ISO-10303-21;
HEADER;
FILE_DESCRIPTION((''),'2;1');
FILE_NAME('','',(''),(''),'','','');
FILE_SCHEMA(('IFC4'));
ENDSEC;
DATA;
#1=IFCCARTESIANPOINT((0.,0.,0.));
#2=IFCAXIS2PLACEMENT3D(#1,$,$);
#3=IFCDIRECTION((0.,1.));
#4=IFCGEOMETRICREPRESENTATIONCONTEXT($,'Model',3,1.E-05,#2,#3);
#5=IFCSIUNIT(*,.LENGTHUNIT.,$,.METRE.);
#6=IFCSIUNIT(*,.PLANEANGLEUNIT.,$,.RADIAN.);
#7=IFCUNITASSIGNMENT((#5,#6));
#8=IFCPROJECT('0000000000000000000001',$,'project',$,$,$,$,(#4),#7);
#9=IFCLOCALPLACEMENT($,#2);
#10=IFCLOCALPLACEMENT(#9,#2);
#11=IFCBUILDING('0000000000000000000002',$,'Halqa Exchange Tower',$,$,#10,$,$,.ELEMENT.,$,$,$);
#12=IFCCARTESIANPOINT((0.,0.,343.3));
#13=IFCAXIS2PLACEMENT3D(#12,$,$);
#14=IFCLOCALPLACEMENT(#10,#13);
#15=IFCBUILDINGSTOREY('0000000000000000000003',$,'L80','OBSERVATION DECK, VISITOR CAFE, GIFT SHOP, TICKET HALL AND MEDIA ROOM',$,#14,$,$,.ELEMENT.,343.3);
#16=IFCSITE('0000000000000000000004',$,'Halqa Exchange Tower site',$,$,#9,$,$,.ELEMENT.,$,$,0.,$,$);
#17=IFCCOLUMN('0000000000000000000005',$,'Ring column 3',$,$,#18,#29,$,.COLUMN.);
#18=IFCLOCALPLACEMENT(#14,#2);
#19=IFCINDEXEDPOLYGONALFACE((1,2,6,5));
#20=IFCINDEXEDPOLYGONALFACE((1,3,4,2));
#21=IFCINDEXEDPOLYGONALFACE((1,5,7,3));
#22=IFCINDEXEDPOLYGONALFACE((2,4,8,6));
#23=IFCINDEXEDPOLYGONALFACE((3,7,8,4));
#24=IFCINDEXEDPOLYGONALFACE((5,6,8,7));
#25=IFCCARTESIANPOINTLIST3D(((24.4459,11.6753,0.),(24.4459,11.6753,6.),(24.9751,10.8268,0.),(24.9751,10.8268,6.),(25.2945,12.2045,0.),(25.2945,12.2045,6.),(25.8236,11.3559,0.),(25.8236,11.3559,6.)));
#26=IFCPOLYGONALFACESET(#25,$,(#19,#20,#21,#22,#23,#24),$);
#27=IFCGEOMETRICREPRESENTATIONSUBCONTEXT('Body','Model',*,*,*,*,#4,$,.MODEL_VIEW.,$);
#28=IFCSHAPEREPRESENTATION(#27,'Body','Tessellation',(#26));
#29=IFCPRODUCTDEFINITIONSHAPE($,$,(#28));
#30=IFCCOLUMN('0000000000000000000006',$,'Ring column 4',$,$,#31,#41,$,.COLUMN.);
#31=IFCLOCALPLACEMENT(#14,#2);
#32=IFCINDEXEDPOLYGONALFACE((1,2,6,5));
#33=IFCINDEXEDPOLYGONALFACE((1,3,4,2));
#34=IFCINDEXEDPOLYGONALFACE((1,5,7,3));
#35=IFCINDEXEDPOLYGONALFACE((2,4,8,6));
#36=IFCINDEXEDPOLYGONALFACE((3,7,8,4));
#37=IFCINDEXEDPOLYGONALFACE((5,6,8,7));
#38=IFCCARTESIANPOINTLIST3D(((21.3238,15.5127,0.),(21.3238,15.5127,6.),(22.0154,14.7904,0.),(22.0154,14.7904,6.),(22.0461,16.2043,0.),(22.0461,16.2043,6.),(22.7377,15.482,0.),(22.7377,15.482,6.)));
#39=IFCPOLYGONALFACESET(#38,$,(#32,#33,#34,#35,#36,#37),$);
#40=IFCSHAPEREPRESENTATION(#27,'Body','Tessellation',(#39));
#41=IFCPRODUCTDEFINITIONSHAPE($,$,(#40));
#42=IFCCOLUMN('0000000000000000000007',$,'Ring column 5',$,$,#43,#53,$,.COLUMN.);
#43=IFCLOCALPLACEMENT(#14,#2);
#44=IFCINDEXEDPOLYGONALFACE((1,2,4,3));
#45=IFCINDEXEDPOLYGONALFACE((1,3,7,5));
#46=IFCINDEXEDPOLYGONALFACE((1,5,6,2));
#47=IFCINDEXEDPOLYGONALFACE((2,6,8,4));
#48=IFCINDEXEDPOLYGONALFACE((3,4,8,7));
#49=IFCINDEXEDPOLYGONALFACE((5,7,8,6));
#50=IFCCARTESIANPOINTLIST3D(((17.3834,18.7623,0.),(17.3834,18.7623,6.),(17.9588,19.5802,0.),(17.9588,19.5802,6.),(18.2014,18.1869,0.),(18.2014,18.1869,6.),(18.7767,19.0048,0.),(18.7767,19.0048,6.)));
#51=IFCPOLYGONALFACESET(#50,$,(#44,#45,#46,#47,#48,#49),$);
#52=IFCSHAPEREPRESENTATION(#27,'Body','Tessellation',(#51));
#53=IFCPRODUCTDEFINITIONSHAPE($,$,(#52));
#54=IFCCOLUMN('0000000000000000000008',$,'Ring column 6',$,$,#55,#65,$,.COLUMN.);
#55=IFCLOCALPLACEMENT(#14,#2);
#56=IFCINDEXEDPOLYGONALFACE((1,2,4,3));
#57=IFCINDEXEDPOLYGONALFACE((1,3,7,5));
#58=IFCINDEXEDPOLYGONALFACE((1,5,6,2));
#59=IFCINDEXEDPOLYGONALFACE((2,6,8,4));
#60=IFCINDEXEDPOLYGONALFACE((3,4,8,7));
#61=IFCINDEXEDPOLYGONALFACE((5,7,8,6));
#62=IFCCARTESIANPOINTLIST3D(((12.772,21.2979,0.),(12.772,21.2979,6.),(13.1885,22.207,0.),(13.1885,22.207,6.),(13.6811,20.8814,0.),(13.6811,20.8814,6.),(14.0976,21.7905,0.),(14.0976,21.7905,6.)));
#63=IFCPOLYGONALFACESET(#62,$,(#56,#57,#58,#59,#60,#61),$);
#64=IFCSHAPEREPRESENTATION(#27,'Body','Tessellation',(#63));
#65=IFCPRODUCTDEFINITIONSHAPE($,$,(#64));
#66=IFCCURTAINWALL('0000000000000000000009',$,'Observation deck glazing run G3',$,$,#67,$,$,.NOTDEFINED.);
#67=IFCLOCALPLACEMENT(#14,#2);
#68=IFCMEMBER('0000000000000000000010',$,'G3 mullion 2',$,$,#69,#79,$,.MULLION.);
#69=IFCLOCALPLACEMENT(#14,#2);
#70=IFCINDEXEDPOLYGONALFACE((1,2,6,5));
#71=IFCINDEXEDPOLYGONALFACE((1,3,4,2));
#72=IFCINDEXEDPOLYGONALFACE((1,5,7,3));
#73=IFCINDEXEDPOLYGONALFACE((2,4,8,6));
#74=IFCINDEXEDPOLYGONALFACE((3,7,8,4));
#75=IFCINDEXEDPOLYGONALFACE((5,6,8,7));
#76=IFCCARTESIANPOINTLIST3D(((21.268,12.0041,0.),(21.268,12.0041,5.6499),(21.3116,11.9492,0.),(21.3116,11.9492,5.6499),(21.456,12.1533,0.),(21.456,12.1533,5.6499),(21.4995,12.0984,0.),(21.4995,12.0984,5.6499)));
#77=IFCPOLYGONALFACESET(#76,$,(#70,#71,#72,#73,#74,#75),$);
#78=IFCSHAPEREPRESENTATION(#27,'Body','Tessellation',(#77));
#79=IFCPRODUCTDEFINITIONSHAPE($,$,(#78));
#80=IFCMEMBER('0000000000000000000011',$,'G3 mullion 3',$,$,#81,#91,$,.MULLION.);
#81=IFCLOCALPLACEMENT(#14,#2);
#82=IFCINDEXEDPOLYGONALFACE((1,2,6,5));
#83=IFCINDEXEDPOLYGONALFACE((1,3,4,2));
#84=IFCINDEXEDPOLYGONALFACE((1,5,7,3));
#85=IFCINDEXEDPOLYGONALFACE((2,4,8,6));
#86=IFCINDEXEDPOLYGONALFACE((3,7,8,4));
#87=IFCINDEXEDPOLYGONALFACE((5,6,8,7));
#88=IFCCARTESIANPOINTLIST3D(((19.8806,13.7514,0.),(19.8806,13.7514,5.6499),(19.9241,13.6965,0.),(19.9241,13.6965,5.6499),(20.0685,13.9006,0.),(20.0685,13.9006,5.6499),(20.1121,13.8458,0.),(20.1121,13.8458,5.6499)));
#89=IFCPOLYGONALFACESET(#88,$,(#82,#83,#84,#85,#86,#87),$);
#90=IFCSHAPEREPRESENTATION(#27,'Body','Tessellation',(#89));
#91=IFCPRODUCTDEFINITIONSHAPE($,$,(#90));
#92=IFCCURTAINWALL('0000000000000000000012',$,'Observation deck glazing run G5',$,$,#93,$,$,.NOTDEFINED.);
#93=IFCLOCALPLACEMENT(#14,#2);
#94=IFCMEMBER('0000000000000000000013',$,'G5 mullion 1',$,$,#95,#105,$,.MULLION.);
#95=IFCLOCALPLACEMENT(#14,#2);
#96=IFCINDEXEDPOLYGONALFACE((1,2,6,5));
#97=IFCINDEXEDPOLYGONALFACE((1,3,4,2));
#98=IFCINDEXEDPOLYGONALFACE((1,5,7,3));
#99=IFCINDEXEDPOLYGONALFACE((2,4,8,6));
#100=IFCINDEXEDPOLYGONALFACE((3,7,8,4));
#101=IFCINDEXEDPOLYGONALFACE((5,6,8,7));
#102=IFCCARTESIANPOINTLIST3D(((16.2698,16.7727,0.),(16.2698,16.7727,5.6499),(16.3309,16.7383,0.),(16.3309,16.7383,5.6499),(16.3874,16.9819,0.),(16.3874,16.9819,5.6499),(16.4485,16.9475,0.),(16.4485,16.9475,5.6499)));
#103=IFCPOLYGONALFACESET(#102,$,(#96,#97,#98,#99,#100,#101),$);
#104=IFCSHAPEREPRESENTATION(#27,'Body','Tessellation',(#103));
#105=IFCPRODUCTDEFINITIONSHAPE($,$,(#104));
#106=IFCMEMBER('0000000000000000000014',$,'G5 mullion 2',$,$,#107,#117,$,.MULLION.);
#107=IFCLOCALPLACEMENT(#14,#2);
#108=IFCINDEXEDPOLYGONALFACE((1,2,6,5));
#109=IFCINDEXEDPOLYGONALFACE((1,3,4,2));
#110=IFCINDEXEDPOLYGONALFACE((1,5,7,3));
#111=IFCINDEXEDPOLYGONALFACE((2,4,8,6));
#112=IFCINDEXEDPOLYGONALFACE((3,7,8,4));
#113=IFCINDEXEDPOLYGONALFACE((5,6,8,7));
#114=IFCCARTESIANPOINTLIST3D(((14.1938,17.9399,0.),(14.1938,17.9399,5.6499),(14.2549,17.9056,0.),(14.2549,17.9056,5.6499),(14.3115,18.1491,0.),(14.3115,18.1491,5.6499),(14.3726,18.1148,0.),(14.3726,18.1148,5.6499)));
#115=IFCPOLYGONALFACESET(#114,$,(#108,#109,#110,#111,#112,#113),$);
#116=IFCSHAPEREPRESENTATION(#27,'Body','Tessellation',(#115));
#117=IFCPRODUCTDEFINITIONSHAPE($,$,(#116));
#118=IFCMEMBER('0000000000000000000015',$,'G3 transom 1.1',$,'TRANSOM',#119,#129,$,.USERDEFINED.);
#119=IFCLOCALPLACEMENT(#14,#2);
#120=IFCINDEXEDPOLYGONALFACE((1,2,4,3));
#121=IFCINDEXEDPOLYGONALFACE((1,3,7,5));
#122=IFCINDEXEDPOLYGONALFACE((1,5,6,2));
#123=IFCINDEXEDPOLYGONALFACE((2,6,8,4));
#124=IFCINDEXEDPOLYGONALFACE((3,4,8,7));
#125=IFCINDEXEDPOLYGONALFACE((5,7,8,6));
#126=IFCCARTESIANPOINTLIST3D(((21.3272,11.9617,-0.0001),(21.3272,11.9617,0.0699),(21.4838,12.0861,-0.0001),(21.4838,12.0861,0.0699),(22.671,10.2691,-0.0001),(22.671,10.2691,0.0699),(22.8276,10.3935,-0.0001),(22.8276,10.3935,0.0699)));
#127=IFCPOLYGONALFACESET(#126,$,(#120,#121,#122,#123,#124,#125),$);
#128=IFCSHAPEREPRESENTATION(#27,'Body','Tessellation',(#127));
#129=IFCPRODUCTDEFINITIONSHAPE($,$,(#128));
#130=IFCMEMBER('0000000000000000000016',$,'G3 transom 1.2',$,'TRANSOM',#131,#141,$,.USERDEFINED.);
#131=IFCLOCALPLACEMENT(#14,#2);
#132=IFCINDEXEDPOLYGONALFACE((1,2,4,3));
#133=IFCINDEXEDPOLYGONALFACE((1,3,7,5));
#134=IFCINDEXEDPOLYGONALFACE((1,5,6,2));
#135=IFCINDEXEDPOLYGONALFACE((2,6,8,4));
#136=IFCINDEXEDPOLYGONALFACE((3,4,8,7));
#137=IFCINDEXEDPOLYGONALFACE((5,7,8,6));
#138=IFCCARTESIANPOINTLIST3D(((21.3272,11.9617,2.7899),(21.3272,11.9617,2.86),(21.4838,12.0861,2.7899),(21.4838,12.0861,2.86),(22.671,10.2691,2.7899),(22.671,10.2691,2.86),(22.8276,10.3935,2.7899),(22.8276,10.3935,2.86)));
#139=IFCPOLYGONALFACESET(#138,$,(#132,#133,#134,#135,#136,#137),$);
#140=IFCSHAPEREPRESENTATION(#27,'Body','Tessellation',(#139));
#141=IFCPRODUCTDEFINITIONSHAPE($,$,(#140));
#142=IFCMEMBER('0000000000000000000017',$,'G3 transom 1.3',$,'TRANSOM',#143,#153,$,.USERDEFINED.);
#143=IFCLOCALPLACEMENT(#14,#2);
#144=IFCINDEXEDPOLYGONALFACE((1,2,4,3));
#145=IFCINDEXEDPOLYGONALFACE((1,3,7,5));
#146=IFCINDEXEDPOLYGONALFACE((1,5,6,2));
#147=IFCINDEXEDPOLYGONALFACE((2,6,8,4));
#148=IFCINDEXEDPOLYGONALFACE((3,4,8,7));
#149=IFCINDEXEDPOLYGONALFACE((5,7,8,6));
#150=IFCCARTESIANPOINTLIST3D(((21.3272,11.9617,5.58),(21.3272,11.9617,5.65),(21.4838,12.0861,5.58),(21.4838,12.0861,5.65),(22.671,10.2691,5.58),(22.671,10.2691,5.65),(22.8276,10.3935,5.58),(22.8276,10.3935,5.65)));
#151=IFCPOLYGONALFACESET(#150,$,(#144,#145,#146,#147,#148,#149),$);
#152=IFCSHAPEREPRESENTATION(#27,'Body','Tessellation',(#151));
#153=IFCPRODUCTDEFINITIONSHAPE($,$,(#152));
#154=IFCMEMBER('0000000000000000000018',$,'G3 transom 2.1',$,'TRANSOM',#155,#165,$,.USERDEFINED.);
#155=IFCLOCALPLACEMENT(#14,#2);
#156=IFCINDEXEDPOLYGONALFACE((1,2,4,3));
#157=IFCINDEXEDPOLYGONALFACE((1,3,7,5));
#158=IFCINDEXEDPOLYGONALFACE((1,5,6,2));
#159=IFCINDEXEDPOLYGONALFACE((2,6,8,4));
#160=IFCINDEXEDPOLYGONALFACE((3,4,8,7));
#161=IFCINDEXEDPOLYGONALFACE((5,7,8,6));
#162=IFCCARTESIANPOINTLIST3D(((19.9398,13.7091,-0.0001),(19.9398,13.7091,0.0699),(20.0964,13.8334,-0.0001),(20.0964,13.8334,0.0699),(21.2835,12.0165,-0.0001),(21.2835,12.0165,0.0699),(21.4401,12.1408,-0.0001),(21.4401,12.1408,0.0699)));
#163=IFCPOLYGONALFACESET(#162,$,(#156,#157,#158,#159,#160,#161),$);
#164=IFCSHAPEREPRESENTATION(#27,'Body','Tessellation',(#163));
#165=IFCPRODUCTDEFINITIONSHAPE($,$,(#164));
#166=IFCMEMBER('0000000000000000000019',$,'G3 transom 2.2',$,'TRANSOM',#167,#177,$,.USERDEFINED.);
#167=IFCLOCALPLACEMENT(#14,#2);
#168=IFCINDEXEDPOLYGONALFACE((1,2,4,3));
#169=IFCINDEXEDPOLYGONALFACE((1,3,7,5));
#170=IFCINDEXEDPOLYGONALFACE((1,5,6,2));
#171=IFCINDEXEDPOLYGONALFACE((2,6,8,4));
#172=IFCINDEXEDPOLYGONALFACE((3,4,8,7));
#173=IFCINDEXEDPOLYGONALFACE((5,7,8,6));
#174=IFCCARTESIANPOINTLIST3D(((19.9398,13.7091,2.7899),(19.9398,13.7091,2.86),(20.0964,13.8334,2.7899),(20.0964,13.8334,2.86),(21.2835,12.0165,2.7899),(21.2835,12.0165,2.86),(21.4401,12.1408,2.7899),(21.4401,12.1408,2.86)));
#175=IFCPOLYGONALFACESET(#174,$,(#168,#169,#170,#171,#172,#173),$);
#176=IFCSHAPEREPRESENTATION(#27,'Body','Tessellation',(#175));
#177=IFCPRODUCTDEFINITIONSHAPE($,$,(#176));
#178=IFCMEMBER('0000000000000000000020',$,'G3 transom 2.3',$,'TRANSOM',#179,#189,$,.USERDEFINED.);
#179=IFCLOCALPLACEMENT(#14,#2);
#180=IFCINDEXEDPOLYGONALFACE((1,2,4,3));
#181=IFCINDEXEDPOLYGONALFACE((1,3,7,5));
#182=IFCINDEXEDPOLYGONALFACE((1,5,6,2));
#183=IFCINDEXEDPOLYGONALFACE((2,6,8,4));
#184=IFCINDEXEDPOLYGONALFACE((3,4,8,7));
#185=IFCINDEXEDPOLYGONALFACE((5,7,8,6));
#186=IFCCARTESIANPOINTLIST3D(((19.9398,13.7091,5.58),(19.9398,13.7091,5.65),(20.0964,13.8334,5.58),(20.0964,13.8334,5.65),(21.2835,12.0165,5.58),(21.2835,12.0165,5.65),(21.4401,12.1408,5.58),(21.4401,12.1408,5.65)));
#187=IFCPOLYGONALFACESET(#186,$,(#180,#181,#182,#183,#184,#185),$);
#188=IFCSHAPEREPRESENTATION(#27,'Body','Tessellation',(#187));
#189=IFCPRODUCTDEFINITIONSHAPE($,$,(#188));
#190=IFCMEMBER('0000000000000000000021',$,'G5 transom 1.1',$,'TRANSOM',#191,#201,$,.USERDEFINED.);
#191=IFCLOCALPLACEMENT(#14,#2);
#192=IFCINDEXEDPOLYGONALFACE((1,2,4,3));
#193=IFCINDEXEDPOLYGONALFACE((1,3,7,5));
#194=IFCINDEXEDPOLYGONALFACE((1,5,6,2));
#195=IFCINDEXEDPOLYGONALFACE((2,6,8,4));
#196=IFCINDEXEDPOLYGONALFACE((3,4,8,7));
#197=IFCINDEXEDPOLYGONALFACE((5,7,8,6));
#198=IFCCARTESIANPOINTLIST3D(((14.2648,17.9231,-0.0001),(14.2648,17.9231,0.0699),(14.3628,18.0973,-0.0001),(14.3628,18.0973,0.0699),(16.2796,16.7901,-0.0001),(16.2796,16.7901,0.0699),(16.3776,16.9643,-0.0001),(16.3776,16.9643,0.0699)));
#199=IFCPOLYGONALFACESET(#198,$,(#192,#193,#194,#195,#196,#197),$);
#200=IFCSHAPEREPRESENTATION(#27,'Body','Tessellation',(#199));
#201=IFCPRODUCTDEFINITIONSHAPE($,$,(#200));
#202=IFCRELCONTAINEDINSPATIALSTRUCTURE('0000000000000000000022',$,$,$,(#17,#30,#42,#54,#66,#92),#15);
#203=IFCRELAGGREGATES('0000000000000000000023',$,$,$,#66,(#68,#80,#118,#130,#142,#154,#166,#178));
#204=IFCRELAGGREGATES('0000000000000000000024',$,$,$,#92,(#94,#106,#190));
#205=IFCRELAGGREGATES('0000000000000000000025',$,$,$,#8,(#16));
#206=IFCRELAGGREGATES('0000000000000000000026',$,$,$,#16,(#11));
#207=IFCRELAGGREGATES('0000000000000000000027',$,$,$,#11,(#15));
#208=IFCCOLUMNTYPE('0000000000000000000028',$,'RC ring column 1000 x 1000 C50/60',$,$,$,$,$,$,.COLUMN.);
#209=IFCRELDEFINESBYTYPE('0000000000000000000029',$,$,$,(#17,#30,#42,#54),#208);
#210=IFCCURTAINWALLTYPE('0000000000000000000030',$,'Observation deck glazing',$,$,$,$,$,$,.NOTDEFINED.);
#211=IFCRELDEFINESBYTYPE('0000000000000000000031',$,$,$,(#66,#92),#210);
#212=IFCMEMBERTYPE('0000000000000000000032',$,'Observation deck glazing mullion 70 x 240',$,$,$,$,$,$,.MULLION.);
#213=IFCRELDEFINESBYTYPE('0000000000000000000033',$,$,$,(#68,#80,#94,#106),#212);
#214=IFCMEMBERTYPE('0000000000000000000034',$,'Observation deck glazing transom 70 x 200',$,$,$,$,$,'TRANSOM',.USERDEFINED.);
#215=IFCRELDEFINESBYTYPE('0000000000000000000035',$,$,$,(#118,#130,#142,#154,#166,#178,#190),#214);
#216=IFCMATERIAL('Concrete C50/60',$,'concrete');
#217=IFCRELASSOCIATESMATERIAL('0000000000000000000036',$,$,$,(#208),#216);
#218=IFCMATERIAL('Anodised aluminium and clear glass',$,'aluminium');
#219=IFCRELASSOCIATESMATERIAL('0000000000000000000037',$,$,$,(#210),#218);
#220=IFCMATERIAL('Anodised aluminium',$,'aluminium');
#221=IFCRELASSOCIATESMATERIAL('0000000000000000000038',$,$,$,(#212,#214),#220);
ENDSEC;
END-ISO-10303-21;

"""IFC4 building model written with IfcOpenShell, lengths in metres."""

from ifc_helpers import new_model, si_unit, direction, frame, origin, origin_2d, place, context, subcontext, project, spatial, rectangle, extrude, material, material_profile, profile_set, type_object, element, aggregate, save


model = new_model("IFC4")

# Units and contexts
model_context = context("Model", 3, precision=1e-05, world=origin(), true_north=direction((0.0, 1.0)))
body_context = subcontext(model_context, "Body", "Model", "MODEL_VIEW")
ifc_project = project(units=[si_unit("LENGTHUNIT", "METRE"), si_unit("PLANEANGLEUNIT", "RADIAN")], contexts=[model_context])

# Site, building, storey
site_placement = place(None, origin())
site = spatial("IfcSite", under=ifc_project, at=site_placement, Name="Halqa Exchange Tower site", CompositionType="ELEMENT", RefElevation=0.0)
building_placement = place(site_placement, origin())
building = spatial("IfcBuilding", under=site, at=building_placement, Name="Halqa Exchange Tower", CompositionType="ELEMENT")
storey_placement = place(building_placement, frame((0.0, 0.0, 343.3)))
storey = spatial("IfcBuildingStorey", under=building, at=storey_placement, Name="L80", Description="OBSERVATION DECK, VISITOR CAFE, GIFT SHOP, TICKET HALL AND MEDIA ROOM", CompositionType="ELEMENT", Elevation=343.3)

# Columns
ifc_material_1 = material(Name="Concrete C50/60", Category="concrete")
ifc_material_profile_1 = material_profile(ifc_material_1, rectangle(XDim=1.0, YDim=1.0, at=origin_2d()), Name="1000 x 1000")
ifc_profile_set_1 = profile_set([ifc_material_profile_1], Name="Concrete C50/60")
column_type = type_object("IfcColumnType", Name="RC ring column 1000 x 1000 C50/60", PredefinedType="COLUMN", material=ifc_profile_set_1)
for number, where, z_axis, x_axis, name in (
    (1, (25.1348, 11.5156, 0.0), (0.0, 0.0, 1.0), (-0.52914, 0.848534, 0.0), "Ring column 3"),
    (2, (22.0308, 15.4973, 0.0), (0.0, 0.0, 1.0), (-0.691579, 0.722301, 0.0), "Ring column 4"),
    (3, (18.0801, 18.8835, 0.0), (0.0, 0.0, 1.0), (-0.817907, 0.575351, 0.0), "Ring column 5"),
    (4, (13.4348, 21.5442, 0.0), (0.0, 0.0, 1.0), (-0.909129, 0.416516, 0.0), "Ring column 6"),
):
    element("IfcColumn", number, at=place(storey_placement, frame(where, z_axis=z_axis, x_axis=x_axis)), inside=storey, type_object=column_type, Name=name, PredefinedType="COLUMN", context=body_context, shape_type="SweptSolid", body=[
        extrude(rectangle(XDim=1.0, YDim=1.0, at=origin_2d()), origin(), (0.0, 0.0, 1.0), 6.0),
    ])

# Curtain walls, members
ifc_material_2 = material(Name="Anodised aluminium and clear glass", Category="aluminium")
curtain_wall_type = type_object("IfcCurtainWallType", Name="Observation deck glazing", PredefinedType="NOTDEFINED", material=ifc_material_2)
curtain_wall_1_placement = place(storey_placement, origin())
curtain_wall_1 = element("IfcCurtainWall", 5, at=curtain_wall_1_placement, inside=storey, type_object=curtain_wall_type, Name="Observation deck glazing run G3", PredefinedType="NOTDEFINED")
ifc_material_3 = material(Name="Anodised aluminium", Category="aluminium")
ifc_material_profile_2 = material_profile(ifc_material_3, rectangle(XDim=0.24, YDim=0.0701, at=origin_2d()), Name="AL 70x240")
ifc_profile_set_2 = profile_set([ifc_material_profile_2], Name="Anodised aluminium")
member_type_1 = type_object("IfcMemberType", Name="Observation deck glazing mullion 70 x 240", PredefinedType="MULLION", material=ifc_profile_set_2)
member_1_placement = place(storey_placement, frame((21.3838, 12.0513, 0.0), z_axis=(0.0, 0.0, 1.0), x_axis=(-0.783162, -0.621817, 0.0)))
member_1 = element("IfcMember", 6, at=member_1_placement, type_object=member_type_1, Name="G3 mullion 2", PredefinedType="MULLION", context=body_context, shape_type="SweptSolid", body=[
    extrude(rectangle(XDim=0.24, YDim=0.0701, at=origin_2d()), origin(), (0.0, 0.0, 1.0), 5.6499),
])
member_2_placement = place(storey_placement, frame((19.9963, 13.7986, 0.0), z_axis=(0.0, 0.0, 1.0), x_axis=(-0.783162, -0.621817, 0.0)))
member_2 = element("IfcMember", 7, at=member_2_placement, type_object=member_type_1, Name="G3 mullion 3", PredefinedType="MULLION", context=body_context, shape_type="SweptSolid", body=[
    extrude(rectangle(XDim=0.24, YDim=0.0701, at=origin_2d()), origin(), (0.0, 0.0, 1.0), 5.6499),
])
curtain_wall_2_placement = place(storey_placement, origin())
curtain_wall_2 = element("IfcCurtainWall", 8, at=curtain_wall_2_placement, inside=storey, type_object=curtain_wall_type, Name="Observation deck glazing run G5", PredefinedType="NOTDEFINED")
member_3_placement = place(storey_placement, frame((16.3591, 16.8601, 0.0), z_axis=(0.0, 0.0, 1.0), x_axis=(-0.490158, -0.871634, 0.0)))
member_3 = element("IfcMember", 9, at=member_3_placement, type_object=member_type_1, Name="G5 mullion 1", PredefinedType="MULLION", context=body_context, shape_type="SweptSolid", body=[
    extrude(rectangle(XDim=0.24, YDim=0.0701, at=origin_2d()), origin(), (0.0, 0.0, 1.0), 5.6499),
])
member_4_placement = place(storey_placement, frame((14.2832, 18.0273, 0.0), z_axis=(0.0, 0.0, 1.0), x_axis=(-0.490158, -0.871634, 0.0)))
member_4 = element("IfcMember", 10, at=member_4_placement, type_object=member_type_1, Name="G5 mullion 2", PredefinedType="MULLION", context=body_context, shape_type="SweptSolid", body=[
    extrude(rectangle(XDim=0.24, YDim=0.0701, at=origin_2d()), origin(), (0.0, 0.0, 1.0), 5.6499),
])

# Members
ifc_material_profile_3 = material_profile(ifc_material_3, rectangle(XDim=0.2, YDim=0.0701, at=origin_2d()), Name="AL 70x200")
ifc_profile_set_3 = profile_set([ifc_material_profile_3], Name="Anodised aluminium")
member_type_2 = type_object("IfcMemberType", Name="Observation deck glazing transom 70 x 200", ElementType="TRANSOM", PredefinedType="USERDEFINED", material=ifc_profile_set_3)
member_5_placement = place(storey_placement, frame((22.7493, 10.3313, 0.0349), z_axis=(-0.62177, 0.7832, 0.0), x_axis=(-0.7832, -0.62177, 0.0)))
member_5 = element("IfcMember", 11, at=member_5_placement, type_object=member_type_2, Name="G3 transom 1.1", ObjectType="TRANSOM", PredefinedType="USERDEFINED", context=body_context, shape_type="SweptSolid", body=[
    extrude(rectangle(XDim=0.2, YDim=0.0701, at=origin_2d()), origin(), (0.0, 0.0, 1.0), 2.1611),
])
member_6_placement = place(storey_placement, frame((22.7493, 10.3313, 2.825), z_axis=(-0.62177, 0.7832, 0.0), x_axis=(-0.7832, -0.62177, 0.0)))
member_6 = element("IfcMember", 12, at=member_6_placement, type_object=member_type_2, Name="G3 transom 1.2", ObjectType="TRANSOM", PredefinedType="USERDEFINED", context=body_context, shape_type="SweptSolid", body=[
    extrude(rectangle(XDim=0.2, YDim=0.0701, at=origin_2d()), origin(), (0.0, 0.0, 1.0), 2.1611),
])
member_7_placement = place(storey_placement, frame((22.7493, 10.3313, 5.615), z_axis=(-0.62177, 0.7832, 0.0), x_axis=(-0.7832, -0.62177, 0.0)))
member_7 = element("IfcMember", 13, at=member_7_placement, type_object=member_type_2, Name="G3 transom 1.3", ObjectType="TRANSOM", PredefinedType="USERDEFINED", context=body_context, shape_type="SweptSolid", body=[
    extrude(rectangle(XDim=0.2, YDim=0.0701, at=origin_2d()), origin(), (0.0, 0.0, 1.0), 2.1611),
])
member_8_placement = place(storey_placement, frame((21.3618, 12.0786, 0.0349), z_axis=(-0.62177, 0.7832, 0.0), x_axis=(-0.7832, -0.62177, 0.0)))
member_8 = element("IfcMember", 14, at=member_8_placement, type_object=member_type_2, Name="G3 transom 2.1", ObjectType="TRANSOM", PredefinedType="USERDEFINED", context=body_context, shape_type="SweptSolid", body=[
    extrude(rectangle(XDim=0.2, YDim=0.0701, at=origin_2d()), origin(), (0.0, 0.0, 1.0), 2.1611),
])
member_9_placement = place(storey_placement, frame((21.3618, 12.0786, 2.825), z_axis=(-0.62177, 0.7832, 0.0), x_axis=(-0.7832, -0.62177, 0.0)))
member_9 = element("IfcMember", 15, at=member_9_placement, type_object=member_type_2, Name="G3 transom 2.2", ObjectType="TRANSOM", PredefinedType="USERDEFINED", context=body_context, shape_type="SweptSolid", body=[
    extrude(rectangle(XDim=0.2, YDim=0.0701, at=origin_2d()), origin(), (0.0, 0.0, 1.0), 2.1611),
])
member_10_placement = place(storey_placement, frame((21.3618, 12.0786, 5.615), z_axis=(-0.62177, 0.7832, 0.0), x_axis=(-0.7832, -0.62177, 0.0)))
member_10 = element("IfcMember", 16, at=member_10_placement, type_object=member_type_2, Name="G3 transom 2.3", ObjectType="TRANSOM", PredefinedType="USERDEFINED", context=body_context, shape_type="SweptSolid", body=[
    extrude(rectangle(XDim=0.2, YDim=0.0701, at=origin_2d()), origin(), (0.0, 0.0, 1.0), 2.1611),
])
member_11_placement = place(storey_placement, frame((16.3286, 16.8772, 0.0349), z_axis=(-0.871635, 0.490156, 0.0), x_axis=(-0.490156, -0.871635, 0.0)))
member_11 = element("IfcMember", 17, at=member_11_placement, type_object=member_type_2, Name="G5 transom 1.1", ObjectType="TRANSOM", PredefinedType="USERDEFINED", context=body_context, shape_type="SweptSolid", body=[
    extrude(rectangle(XDim=0.2, YDim=0.0701, at=origin_2d()), origin(), (0.0, 0.0, 1.0), 2.3115),
])

aggregate(curtain_wall_1, [member_1, member_2, member_5, member_6, member_7, member_8, member_9, member_10])
aggregate(curtain_wall_2, [member_3, member_4, member_11])

save(model, "model.ifc")
